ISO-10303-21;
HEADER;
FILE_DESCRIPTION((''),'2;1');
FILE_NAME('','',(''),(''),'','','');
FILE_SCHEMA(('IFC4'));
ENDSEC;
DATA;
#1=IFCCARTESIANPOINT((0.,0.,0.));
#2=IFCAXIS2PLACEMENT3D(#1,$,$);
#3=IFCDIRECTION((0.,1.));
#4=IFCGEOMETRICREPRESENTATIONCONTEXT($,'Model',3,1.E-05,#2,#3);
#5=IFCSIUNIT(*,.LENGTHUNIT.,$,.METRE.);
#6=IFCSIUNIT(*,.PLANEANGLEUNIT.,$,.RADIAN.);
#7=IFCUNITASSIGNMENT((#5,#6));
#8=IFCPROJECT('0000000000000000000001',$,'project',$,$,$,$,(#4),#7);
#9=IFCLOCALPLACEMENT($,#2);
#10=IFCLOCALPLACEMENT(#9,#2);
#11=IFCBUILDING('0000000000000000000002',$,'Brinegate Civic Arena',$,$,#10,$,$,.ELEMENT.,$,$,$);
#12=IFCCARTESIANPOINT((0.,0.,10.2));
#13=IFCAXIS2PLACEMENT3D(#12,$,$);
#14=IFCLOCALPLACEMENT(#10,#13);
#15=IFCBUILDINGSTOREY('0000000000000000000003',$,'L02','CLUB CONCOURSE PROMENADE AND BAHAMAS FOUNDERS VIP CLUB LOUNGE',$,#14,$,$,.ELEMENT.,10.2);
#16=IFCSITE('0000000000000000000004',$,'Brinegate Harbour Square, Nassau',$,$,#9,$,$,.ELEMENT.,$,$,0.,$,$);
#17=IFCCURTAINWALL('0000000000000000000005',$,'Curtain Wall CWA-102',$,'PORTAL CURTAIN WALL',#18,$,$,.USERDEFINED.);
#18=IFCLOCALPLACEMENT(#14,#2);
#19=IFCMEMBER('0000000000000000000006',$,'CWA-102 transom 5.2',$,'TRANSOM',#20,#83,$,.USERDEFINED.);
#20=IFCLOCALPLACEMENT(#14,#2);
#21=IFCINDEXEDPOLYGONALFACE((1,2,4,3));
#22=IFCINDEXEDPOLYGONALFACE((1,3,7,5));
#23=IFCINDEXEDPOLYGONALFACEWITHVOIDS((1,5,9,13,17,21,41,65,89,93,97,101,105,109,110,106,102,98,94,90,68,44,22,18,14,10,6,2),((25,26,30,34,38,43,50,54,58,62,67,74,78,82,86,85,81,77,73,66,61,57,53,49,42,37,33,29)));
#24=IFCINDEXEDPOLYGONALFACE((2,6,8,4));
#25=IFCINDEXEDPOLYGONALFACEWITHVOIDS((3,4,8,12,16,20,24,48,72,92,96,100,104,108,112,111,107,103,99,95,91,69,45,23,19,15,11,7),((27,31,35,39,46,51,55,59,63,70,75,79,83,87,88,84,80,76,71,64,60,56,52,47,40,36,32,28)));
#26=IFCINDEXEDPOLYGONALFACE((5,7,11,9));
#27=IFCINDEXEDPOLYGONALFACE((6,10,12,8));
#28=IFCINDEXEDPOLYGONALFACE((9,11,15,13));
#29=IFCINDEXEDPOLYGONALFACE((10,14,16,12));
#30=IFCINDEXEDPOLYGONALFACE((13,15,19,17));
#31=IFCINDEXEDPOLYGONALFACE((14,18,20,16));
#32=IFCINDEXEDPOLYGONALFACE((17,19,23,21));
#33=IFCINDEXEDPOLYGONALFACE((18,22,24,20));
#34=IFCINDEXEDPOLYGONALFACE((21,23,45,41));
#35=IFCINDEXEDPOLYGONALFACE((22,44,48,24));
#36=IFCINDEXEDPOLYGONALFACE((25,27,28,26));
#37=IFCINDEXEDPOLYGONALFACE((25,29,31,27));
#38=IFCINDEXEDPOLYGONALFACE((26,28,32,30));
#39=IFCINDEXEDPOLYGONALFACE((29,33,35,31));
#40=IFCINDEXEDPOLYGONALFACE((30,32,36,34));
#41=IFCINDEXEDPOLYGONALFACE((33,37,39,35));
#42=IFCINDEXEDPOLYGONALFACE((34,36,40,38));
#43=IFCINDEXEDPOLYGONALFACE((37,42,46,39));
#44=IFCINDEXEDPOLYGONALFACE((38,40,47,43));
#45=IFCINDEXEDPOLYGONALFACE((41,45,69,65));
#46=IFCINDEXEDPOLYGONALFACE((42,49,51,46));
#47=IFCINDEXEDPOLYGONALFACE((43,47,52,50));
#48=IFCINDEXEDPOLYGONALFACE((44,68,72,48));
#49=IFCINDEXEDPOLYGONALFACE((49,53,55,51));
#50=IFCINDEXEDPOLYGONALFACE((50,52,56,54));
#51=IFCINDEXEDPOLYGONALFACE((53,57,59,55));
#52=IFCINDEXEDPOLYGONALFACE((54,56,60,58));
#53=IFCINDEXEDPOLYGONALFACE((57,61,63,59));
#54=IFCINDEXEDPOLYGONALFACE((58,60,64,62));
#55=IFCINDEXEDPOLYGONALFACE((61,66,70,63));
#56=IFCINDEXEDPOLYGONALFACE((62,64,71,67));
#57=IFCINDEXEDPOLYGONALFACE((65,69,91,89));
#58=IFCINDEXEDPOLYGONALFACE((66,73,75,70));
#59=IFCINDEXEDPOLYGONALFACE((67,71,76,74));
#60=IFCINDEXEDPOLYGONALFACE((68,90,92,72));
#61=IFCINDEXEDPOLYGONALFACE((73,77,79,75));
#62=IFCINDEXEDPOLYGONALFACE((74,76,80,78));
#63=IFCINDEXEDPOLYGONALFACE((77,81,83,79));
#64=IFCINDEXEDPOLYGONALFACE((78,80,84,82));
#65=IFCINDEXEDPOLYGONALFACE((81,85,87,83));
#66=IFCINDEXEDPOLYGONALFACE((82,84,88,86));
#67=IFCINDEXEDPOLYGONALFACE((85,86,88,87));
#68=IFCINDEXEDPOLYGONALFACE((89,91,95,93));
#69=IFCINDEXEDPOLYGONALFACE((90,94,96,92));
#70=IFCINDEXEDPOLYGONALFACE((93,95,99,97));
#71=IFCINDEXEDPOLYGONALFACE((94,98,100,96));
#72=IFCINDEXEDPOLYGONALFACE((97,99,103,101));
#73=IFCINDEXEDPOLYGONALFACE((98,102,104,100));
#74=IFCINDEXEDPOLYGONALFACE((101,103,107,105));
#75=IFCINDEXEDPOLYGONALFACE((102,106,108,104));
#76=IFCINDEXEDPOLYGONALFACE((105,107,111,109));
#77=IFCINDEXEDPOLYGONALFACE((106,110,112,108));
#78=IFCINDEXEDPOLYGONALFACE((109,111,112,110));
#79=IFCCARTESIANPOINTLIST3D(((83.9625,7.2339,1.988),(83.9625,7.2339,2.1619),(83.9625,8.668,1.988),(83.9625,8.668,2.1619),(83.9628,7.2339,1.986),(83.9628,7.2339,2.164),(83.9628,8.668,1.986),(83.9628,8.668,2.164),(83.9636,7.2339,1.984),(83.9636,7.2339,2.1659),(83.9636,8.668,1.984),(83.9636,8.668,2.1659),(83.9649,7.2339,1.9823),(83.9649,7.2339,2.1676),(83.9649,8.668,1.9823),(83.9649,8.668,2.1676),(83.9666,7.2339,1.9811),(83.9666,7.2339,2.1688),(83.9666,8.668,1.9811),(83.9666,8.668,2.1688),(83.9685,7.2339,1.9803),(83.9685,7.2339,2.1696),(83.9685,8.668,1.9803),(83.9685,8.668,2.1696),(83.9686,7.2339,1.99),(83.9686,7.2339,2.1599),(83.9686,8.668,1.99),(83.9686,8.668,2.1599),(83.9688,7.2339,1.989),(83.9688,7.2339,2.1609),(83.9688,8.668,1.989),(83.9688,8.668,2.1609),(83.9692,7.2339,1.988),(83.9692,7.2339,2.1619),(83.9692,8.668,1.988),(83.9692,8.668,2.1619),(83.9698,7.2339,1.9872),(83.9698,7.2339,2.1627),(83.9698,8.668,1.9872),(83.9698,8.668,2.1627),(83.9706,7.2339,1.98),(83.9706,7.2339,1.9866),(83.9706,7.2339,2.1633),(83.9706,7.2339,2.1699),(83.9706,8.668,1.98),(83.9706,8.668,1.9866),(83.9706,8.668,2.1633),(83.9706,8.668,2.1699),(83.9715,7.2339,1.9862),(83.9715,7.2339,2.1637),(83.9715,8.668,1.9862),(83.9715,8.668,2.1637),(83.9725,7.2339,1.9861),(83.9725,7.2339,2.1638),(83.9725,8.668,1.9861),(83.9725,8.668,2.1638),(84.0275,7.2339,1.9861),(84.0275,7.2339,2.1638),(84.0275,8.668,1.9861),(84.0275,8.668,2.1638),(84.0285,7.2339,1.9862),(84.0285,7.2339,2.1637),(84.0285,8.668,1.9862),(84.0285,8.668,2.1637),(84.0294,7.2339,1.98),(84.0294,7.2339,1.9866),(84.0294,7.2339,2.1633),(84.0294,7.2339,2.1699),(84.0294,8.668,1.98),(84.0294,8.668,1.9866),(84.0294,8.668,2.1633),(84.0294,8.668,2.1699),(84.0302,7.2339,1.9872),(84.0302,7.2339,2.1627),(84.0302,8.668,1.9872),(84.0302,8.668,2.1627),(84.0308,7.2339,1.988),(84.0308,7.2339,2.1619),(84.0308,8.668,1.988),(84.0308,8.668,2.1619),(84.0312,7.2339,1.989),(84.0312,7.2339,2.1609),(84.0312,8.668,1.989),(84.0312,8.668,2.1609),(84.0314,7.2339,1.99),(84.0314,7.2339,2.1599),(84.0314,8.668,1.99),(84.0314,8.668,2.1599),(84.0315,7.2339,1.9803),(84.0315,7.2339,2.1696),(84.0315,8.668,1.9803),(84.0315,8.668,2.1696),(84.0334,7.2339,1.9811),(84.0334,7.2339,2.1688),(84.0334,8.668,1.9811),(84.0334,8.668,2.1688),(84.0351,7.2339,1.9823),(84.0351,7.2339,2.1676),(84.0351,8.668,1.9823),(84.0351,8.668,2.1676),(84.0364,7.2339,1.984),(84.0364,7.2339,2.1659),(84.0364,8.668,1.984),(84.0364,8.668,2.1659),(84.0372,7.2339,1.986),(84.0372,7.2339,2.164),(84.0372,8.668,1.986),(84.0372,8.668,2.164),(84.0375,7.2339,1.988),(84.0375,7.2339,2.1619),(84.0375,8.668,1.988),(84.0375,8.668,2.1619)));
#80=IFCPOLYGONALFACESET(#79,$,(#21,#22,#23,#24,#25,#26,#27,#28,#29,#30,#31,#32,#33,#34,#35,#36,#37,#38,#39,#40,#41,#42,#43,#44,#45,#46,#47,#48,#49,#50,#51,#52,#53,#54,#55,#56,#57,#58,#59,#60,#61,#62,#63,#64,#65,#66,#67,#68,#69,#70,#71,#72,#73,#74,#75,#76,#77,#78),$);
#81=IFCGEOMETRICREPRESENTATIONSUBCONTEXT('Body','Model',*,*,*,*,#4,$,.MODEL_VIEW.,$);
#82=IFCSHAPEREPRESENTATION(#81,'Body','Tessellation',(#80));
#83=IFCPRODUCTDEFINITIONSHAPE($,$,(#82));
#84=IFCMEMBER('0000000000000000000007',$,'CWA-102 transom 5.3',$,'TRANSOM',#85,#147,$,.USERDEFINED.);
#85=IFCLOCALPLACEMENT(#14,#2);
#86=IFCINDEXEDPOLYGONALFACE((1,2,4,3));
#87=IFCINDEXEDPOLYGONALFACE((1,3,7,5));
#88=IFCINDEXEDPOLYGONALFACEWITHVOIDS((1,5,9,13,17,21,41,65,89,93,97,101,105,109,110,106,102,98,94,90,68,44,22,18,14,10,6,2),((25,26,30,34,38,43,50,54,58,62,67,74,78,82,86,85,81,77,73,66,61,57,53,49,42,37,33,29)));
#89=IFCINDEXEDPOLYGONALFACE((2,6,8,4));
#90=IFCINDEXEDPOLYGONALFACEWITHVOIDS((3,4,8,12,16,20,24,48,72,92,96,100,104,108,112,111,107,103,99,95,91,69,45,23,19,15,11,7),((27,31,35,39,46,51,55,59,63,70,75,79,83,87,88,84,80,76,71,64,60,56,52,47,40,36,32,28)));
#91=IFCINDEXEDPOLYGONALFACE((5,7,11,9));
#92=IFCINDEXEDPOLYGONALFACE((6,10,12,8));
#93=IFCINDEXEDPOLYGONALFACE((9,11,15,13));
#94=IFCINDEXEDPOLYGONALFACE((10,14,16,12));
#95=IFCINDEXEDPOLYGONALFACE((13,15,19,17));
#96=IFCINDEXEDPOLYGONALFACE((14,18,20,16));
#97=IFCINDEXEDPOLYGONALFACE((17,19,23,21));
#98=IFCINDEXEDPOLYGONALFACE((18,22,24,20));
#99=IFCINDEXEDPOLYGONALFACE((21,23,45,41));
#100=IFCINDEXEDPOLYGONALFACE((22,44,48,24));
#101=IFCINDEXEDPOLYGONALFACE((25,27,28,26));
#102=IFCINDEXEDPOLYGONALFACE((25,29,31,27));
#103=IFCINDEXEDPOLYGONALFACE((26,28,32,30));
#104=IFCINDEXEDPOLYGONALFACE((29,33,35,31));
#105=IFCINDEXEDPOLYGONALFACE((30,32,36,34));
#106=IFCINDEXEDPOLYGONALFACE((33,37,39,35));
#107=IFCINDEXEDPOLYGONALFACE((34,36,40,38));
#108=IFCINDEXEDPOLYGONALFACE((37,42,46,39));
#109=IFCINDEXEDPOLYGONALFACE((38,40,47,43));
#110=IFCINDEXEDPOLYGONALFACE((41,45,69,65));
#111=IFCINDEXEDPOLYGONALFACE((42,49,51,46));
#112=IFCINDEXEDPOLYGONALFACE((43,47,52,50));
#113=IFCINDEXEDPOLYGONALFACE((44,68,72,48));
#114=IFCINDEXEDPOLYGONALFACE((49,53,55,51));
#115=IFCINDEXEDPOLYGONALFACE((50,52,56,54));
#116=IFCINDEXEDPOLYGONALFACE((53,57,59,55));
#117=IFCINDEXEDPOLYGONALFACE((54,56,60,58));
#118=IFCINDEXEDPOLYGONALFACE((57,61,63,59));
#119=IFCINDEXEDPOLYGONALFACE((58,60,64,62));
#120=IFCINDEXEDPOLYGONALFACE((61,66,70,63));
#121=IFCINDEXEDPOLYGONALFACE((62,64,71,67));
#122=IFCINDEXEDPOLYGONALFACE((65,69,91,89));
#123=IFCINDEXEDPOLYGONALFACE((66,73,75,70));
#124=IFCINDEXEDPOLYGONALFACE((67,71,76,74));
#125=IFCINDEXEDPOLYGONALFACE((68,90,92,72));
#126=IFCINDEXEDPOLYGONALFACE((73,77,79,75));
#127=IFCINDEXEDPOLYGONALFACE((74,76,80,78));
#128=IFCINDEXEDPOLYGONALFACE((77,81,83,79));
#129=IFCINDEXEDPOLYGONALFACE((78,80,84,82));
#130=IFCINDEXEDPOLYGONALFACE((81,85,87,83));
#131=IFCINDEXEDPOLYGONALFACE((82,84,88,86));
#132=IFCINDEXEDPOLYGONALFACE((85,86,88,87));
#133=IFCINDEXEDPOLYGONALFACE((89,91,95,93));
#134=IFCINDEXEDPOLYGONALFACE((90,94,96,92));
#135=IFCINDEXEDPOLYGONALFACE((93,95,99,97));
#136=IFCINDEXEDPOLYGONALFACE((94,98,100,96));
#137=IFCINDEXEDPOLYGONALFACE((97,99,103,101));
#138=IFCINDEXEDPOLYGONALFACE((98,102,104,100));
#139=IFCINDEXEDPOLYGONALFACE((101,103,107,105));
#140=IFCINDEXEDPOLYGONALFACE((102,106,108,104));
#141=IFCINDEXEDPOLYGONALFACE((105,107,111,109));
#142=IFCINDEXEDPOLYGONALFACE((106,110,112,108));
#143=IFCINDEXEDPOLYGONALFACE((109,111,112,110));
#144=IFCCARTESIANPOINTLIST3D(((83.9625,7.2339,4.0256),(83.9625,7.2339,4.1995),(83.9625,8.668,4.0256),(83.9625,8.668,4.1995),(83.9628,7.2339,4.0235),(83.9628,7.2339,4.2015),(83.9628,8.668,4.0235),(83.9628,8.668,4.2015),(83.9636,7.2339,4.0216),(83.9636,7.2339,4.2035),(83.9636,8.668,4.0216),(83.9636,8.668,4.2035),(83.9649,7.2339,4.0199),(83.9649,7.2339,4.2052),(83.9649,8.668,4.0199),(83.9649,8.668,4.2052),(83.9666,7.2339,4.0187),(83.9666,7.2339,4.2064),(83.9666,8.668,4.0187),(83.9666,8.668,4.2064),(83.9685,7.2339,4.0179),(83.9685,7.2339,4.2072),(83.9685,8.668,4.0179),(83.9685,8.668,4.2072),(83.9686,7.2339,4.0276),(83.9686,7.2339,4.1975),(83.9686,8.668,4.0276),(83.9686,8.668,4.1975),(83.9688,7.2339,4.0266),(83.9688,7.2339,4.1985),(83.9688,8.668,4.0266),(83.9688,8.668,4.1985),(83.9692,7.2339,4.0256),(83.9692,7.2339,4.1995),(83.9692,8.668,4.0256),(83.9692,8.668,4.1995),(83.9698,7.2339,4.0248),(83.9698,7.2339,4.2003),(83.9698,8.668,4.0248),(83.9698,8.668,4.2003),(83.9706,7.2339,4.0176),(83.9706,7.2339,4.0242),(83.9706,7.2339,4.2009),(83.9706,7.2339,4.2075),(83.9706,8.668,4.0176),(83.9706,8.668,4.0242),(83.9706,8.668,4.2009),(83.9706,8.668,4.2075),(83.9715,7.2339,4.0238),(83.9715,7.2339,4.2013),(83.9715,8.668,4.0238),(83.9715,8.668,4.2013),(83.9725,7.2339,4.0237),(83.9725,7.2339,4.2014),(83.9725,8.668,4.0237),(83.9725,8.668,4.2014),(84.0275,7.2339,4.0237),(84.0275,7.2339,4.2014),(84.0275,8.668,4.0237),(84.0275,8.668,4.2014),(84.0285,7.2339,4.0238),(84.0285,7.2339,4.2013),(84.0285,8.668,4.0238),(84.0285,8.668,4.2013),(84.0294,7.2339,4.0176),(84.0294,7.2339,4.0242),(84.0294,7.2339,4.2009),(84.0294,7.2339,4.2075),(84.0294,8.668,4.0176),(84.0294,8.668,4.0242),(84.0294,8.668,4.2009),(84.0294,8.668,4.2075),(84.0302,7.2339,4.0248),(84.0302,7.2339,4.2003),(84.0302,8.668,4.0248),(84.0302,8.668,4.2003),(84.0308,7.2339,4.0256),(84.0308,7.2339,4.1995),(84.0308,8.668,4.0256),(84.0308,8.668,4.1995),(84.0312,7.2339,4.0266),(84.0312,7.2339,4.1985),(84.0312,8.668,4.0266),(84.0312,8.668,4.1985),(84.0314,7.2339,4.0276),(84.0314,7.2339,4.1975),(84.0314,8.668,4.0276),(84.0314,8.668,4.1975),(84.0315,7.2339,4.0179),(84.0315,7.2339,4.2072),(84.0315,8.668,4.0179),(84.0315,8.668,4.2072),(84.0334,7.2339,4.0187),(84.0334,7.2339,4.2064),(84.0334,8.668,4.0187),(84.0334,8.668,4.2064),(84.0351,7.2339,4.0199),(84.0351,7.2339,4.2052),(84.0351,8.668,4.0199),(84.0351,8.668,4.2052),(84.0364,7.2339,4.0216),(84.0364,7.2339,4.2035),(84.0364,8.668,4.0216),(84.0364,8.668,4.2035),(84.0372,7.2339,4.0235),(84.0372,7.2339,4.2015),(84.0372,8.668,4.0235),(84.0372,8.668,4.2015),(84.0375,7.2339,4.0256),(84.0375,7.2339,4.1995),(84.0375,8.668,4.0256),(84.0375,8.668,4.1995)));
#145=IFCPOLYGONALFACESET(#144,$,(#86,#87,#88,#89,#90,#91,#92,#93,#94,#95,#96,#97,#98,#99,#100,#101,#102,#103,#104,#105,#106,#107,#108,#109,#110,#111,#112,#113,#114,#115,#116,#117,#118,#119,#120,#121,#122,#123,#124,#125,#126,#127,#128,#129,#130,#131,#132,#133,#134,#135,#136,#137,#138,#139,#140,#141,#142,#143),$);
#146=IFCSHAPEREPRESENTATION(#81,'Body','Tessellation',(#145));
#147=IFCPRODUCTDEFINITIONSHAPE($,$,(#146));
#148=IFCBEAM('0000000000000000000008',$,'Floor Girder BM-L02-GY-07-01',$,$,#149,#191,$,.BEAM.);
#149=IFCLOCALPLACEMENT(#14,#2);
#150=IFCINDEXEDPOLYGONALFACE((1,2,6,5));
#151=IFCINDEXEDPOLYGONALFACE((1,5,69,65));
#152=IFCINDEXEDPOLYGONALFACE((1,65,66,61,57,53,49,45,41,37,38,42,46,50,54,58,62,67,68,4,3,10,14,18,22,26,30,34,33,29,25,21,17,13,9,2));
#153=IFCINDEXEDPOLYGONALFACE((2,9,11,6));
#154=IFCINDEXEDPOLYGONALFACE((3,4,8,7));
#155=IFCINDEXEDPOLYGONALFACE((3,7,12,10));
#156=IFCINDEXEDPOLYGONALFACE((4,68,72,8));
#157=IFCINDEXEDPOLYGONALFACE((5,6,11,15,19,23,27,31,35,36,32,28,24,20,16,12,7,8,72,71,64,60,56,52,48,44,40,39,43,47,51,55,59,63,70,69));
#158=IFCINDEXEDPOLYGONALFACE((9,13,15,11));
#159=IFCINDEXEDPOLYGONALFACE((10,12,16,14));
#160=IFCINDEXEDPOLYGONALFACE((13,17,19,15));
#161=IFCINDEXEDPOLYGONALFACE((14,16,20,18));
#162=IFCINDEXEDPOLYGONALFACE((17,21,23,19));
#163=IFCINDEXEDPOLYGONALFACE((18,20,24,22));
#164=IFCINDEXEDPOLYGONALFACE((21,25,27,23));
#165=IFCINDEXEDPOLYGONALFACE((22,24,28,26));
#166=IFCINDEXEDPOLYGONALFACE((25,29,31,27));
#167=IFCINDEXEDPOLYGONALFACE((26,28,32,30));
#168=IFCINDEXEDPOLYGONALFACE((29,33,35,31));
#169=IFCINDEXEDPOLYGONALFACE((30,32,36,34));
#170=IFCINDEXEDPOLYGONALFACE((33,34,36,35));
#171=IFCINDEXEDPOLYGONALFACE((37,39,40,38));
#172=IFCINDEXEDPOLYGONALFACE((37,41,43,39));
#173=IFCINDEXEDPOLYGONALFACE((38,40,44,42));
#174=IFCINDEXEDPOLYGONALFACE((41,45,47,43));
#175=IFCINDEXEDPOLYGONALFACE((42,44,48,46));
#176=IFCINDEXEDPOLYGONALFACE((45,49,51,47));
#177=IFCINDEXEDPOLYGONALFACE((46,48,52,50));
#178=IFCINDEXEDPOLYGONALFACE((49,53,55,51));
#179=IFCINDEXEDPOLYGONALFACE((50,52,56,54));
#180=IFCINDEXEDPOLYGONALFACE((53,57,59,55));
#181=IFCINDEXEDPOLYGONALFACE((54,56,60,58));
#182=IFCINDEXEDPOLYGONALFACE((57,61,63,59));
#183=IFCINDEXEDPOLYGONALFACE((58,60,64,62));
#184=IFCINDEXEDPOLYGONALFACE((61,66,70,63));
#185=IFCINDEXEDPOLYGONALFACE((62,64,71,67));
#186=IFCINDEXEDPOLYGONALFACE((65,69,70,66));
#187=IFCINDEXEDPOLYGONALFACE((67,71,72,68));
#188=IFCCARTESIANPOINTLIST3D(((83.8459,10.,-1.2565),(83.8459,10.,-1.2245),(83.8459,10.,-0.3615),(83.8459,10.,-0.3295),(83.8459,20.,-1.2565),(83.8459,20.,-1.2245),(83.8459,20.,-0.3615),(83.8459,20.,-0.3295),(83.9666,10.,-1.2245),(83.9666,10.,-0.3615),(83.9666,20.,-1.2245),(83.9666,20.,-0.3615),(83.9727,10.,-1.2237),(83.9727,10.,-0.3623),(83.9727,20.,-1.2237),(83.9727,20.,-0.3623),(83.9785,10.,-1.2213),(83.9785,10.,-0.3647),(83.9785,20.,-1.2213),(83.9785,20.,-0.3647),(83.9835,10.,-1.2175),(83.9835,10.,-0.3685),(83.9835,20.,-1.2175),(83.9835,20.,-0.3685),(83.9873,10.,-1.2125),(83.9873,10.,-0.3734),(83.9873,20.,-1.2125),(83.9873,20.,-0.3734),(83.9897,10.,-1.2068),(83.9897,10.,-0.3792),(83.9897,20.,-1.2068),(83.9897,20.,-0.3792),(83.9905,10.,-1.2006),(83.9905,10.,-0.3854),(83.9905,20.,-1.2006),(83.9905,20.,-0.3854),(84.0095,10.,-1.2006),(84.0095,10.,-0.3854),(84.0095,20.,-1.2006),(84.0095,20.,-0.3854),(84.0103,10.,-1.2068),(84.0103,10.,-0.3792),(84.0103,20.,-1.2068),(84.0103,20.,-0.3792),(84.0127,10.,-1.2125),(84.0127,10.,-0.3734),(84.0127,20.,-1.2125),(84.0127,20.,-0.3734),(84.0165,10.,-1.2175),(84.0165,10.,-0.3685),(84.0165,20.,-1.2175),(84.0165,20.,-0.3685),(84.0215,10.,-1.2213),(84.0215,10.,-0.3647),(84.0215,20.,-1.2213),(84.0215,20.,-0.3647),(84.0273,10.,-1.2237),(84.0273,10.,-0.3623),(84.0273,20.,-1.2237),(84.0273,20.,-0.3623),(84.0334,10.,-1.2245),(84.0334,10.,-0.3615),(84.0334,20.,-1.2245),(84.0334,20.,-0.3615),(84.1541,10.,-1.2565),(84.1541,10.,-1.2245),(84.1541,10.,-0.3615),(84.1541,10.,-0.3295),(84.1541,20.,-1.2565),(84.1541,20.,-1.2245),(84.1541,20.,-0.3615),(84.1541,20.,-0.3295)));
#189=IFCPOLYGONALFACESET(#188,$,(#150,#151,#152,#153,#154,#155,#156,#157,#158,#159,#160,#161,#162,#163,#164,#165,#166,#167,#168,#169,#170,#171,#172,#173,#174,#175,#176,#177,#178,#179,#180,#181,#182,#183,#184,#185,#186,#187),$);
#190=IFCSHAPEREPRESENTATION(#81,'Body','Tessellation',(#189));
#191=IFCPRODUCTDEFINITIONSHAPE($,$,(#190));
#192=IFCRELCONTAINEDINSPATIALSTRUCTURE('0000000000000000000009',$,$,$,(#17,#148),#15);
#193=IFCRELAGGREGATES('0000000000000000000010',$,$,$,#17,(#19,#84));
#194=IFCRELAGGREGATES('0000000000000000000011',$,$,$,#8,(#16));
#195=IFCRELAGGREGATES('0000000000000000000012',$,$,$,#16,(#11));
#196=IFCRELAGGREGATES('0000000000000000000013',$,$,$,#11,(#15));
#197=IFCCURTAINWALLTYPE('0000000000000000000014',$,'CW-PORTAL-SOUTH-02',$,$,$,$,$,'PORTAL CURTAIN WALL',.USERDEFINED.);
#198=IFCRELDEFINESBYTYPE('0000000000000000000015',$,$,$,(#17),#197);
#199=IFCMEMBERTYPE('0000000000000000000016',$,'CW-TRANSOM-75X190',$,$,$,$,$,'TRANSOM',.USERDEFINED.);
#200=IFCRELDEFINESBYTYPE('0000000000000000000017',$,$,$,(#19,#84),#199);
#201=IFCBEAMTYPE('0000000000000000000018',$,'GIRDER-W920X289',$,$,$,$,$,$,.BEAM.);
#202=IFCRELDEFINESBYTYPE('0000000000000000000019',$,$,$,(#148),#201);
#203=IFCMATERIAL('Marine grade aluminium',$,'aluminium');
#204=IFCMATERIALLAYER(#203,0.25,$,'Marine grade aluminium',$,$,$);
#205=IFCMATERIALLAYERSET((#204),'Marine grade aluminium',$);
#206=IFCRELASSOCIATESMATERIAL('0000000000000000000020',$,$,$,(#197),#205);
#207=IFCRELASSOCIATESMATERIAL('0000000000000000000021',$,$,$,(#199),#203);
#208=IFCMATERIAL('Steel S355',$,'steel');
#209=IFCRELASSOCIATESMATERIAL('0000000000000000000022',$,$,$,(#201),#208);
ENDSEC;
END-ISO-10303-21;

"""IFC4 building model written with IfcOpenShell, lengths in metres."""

from ifc_helpers import new_model, si_unit, direction, frame, origin, origin_2d, place, context, subcontext, project, spatial, hollow_rectangle, i_section, extrude, material, layer, layer_set, material_profile, profile_set, type_object, element, aggregate, save


model = new_model("IFC4")

# Units and contexts
model_context = context("Model", 3, precision=1e-05, world=origin(), true_north=direction((0.0, 1.0)))
body_context = subcontext(model_context, "Body", "Model", "MODEL_VIEW")
ifc_project = project(units=[si_unit("LENGTHUNIT", "METRE"), si_unit("PLANEANGLEUNIT", "RADIAN")], contexts=[model_context])

# Site, building, storey
site_placement = place(None, origin())
site = spatial("IfcSite", under=ifc_project, at=site_placement, Name="Brinegate Harbour Square, Nassau", CompositionType="ELEMENT", RefElevation=0.0)
building_placement = place(site_placement, origin())
building = spatial("IfcBuilding", under=site, at=building_placement, Name="Brinegate Civic Arena", CompositionType="ELEMENT")
storey_placement = place(building_placement, frame((0.0, 0.0, 10.2)))
storey = spatial("IfcBuildingStorey", under=building, at=storey_placement, Name="L02", Description="CLUB CONCOURSE PROMENADE AND BAHAMAS FOUNDERS VIP CLUB LOUNGE", CompositionType="ELEMENT", Elevation=10.2)

# Curtain wall, members
ifc_material_1 = material(Name="Marine grade aluminium", Category="aluminium")
ifc_layer_1 = layer(ifc_material_1, 0.25, Name="Marine grade aluminium")
ifc_layer_set_1 = layer_set([ifc_layer_1], Name="Marine grade aluminium")
curtain_wall_type = type_object("IfcCurtainWallType", Name="CW-PORTAL-SOUTH-02", ElementType="PORTAL CURTAIN WALL", PredefinedType="USERDEFINED", material=ifc_layer_set_1)
curtain_wall_placement = place(storey_placement, origin())
curtain_wall = element("IfcCurtainWall", 1, at=curtain_wall_placement, inside=storey, type_object=curtain_wall_type, Name="Curtain Wall CWA-102", ObjectType="PORTAL CURTAIN WALL", PredefinedType="USERDEFINED")
ifc_material_profile_1 = material_profile(ifc_material_1, hollow_rectangle(XDim=0.075, YDim=0.1899, WallThickness=0.0061, InnerFilletRadius=0.0039, OuterFilletRadius=0.0081, at=origin_2d()), Name="TRN75X190")
ifc_profile_set_1 = profile_set([ifc_material_profile_1], Name="Marine grade aluminium")
member_type_1 = type_object("IfcMemberType", Name="CW-TRANSOM-75X190", ElementType="TRANSOM", PredefinedType="USERDEFINED", material=ifc_profile_set_1)
member_1_placement = place(storey_placement, frame((84.0, 7.2339, 2.075), z_axis=(0.0, 1.0, 0.0), x_axis=(-1.0, 0.0, 0.0)))
member_1 = element("IfcMember", 2, at=member_1_placement, type_object=member_type_1, Name="CWA-102 transom 5.2", ObjectType="TRANSOM", PredefinedType="USERDEFINED", context=body_context, shape_type="SweptSolid", body=[
    extrude(hollow_rectangle(XDim=0.075, YDim=0.1899, WallThickness=0.0061, InnerFilletRadius=0.0039, OuterFilletRadius=0.0081, at=origin_2d()), origin(), (0.0, 0.0, 1.0), 1.4341),
])
member_2_placement = place(storey_placement, frame((84.0, 7.2339, 4.1125), z_axis=(0.0, 1.0, 0.0), x_axis=(-1.0, 0.0, 0.0)))
member_2 = element("IfcMember", 3, at=member_2_placement, type_object=member_type_1, Name="CWA-102 transom 5.3", ObjectType="TRANSOM", PredefinedType="USERDEFINED", context=body_context, shape_type="SweptSolid", body=[
    extrude(hollow_rectangle(XDim=0.075, YDim=0.1899, WallThickness=0.0061, InnerFilletRadius=0.0039, OuterFilletRadius=0.0081, at=origin_2d()), origin(), (0.0, 0.0, 1.0), 1.4341),
])

# Beam
ifc_material_2 = material(Name="Steel S355", Category="steel")
ifc_material_profile_2 = material_profile(ifc_material_2, i_section(OverallWidth=0.3081, OverallDepth=0.927, WebThickness=0.019, FlangeThickness=0.032, FilletRadius=0.0239, at=origin_2d()), Name="W920X289")
ifc_profile_set_2 = profile_set([ifc_material_profile_2], Name="Steel S355")
beam_type_1 = type_object("IfcBeamType", Name="GIRDER-W920X289", PredefinedType="BEAM", material=ifc_profile_set_2)
beam_1_placement = place(storey_placement, frame((84.0, 10.0, -0.793), z_axis=(0.0, 1.0, 0.0), x_axis=(-1.0, 0.0, 0.0)))
element("IfcBeam", 4, at=beam_1_placement, inside=storey, type_object=beam_type_1, Name="Floor Girder BM-L02-GY-07-01", PredefinedType="BEAM", context=body_context, shape_type="SweptSolid", body=[
    extrude(i_section(OverallWidth=0.3081, OverallDepth=0.927, WebThickness=0.019, FlangeThickness=0.032, FilletRadius=0.0239, at=origin_2d()), origin(), (0.0, 0.0, 1.0), 10.0),
])

aggregate(curtain_wall, [member_1, member_2])

save(model, "model.ifc")
